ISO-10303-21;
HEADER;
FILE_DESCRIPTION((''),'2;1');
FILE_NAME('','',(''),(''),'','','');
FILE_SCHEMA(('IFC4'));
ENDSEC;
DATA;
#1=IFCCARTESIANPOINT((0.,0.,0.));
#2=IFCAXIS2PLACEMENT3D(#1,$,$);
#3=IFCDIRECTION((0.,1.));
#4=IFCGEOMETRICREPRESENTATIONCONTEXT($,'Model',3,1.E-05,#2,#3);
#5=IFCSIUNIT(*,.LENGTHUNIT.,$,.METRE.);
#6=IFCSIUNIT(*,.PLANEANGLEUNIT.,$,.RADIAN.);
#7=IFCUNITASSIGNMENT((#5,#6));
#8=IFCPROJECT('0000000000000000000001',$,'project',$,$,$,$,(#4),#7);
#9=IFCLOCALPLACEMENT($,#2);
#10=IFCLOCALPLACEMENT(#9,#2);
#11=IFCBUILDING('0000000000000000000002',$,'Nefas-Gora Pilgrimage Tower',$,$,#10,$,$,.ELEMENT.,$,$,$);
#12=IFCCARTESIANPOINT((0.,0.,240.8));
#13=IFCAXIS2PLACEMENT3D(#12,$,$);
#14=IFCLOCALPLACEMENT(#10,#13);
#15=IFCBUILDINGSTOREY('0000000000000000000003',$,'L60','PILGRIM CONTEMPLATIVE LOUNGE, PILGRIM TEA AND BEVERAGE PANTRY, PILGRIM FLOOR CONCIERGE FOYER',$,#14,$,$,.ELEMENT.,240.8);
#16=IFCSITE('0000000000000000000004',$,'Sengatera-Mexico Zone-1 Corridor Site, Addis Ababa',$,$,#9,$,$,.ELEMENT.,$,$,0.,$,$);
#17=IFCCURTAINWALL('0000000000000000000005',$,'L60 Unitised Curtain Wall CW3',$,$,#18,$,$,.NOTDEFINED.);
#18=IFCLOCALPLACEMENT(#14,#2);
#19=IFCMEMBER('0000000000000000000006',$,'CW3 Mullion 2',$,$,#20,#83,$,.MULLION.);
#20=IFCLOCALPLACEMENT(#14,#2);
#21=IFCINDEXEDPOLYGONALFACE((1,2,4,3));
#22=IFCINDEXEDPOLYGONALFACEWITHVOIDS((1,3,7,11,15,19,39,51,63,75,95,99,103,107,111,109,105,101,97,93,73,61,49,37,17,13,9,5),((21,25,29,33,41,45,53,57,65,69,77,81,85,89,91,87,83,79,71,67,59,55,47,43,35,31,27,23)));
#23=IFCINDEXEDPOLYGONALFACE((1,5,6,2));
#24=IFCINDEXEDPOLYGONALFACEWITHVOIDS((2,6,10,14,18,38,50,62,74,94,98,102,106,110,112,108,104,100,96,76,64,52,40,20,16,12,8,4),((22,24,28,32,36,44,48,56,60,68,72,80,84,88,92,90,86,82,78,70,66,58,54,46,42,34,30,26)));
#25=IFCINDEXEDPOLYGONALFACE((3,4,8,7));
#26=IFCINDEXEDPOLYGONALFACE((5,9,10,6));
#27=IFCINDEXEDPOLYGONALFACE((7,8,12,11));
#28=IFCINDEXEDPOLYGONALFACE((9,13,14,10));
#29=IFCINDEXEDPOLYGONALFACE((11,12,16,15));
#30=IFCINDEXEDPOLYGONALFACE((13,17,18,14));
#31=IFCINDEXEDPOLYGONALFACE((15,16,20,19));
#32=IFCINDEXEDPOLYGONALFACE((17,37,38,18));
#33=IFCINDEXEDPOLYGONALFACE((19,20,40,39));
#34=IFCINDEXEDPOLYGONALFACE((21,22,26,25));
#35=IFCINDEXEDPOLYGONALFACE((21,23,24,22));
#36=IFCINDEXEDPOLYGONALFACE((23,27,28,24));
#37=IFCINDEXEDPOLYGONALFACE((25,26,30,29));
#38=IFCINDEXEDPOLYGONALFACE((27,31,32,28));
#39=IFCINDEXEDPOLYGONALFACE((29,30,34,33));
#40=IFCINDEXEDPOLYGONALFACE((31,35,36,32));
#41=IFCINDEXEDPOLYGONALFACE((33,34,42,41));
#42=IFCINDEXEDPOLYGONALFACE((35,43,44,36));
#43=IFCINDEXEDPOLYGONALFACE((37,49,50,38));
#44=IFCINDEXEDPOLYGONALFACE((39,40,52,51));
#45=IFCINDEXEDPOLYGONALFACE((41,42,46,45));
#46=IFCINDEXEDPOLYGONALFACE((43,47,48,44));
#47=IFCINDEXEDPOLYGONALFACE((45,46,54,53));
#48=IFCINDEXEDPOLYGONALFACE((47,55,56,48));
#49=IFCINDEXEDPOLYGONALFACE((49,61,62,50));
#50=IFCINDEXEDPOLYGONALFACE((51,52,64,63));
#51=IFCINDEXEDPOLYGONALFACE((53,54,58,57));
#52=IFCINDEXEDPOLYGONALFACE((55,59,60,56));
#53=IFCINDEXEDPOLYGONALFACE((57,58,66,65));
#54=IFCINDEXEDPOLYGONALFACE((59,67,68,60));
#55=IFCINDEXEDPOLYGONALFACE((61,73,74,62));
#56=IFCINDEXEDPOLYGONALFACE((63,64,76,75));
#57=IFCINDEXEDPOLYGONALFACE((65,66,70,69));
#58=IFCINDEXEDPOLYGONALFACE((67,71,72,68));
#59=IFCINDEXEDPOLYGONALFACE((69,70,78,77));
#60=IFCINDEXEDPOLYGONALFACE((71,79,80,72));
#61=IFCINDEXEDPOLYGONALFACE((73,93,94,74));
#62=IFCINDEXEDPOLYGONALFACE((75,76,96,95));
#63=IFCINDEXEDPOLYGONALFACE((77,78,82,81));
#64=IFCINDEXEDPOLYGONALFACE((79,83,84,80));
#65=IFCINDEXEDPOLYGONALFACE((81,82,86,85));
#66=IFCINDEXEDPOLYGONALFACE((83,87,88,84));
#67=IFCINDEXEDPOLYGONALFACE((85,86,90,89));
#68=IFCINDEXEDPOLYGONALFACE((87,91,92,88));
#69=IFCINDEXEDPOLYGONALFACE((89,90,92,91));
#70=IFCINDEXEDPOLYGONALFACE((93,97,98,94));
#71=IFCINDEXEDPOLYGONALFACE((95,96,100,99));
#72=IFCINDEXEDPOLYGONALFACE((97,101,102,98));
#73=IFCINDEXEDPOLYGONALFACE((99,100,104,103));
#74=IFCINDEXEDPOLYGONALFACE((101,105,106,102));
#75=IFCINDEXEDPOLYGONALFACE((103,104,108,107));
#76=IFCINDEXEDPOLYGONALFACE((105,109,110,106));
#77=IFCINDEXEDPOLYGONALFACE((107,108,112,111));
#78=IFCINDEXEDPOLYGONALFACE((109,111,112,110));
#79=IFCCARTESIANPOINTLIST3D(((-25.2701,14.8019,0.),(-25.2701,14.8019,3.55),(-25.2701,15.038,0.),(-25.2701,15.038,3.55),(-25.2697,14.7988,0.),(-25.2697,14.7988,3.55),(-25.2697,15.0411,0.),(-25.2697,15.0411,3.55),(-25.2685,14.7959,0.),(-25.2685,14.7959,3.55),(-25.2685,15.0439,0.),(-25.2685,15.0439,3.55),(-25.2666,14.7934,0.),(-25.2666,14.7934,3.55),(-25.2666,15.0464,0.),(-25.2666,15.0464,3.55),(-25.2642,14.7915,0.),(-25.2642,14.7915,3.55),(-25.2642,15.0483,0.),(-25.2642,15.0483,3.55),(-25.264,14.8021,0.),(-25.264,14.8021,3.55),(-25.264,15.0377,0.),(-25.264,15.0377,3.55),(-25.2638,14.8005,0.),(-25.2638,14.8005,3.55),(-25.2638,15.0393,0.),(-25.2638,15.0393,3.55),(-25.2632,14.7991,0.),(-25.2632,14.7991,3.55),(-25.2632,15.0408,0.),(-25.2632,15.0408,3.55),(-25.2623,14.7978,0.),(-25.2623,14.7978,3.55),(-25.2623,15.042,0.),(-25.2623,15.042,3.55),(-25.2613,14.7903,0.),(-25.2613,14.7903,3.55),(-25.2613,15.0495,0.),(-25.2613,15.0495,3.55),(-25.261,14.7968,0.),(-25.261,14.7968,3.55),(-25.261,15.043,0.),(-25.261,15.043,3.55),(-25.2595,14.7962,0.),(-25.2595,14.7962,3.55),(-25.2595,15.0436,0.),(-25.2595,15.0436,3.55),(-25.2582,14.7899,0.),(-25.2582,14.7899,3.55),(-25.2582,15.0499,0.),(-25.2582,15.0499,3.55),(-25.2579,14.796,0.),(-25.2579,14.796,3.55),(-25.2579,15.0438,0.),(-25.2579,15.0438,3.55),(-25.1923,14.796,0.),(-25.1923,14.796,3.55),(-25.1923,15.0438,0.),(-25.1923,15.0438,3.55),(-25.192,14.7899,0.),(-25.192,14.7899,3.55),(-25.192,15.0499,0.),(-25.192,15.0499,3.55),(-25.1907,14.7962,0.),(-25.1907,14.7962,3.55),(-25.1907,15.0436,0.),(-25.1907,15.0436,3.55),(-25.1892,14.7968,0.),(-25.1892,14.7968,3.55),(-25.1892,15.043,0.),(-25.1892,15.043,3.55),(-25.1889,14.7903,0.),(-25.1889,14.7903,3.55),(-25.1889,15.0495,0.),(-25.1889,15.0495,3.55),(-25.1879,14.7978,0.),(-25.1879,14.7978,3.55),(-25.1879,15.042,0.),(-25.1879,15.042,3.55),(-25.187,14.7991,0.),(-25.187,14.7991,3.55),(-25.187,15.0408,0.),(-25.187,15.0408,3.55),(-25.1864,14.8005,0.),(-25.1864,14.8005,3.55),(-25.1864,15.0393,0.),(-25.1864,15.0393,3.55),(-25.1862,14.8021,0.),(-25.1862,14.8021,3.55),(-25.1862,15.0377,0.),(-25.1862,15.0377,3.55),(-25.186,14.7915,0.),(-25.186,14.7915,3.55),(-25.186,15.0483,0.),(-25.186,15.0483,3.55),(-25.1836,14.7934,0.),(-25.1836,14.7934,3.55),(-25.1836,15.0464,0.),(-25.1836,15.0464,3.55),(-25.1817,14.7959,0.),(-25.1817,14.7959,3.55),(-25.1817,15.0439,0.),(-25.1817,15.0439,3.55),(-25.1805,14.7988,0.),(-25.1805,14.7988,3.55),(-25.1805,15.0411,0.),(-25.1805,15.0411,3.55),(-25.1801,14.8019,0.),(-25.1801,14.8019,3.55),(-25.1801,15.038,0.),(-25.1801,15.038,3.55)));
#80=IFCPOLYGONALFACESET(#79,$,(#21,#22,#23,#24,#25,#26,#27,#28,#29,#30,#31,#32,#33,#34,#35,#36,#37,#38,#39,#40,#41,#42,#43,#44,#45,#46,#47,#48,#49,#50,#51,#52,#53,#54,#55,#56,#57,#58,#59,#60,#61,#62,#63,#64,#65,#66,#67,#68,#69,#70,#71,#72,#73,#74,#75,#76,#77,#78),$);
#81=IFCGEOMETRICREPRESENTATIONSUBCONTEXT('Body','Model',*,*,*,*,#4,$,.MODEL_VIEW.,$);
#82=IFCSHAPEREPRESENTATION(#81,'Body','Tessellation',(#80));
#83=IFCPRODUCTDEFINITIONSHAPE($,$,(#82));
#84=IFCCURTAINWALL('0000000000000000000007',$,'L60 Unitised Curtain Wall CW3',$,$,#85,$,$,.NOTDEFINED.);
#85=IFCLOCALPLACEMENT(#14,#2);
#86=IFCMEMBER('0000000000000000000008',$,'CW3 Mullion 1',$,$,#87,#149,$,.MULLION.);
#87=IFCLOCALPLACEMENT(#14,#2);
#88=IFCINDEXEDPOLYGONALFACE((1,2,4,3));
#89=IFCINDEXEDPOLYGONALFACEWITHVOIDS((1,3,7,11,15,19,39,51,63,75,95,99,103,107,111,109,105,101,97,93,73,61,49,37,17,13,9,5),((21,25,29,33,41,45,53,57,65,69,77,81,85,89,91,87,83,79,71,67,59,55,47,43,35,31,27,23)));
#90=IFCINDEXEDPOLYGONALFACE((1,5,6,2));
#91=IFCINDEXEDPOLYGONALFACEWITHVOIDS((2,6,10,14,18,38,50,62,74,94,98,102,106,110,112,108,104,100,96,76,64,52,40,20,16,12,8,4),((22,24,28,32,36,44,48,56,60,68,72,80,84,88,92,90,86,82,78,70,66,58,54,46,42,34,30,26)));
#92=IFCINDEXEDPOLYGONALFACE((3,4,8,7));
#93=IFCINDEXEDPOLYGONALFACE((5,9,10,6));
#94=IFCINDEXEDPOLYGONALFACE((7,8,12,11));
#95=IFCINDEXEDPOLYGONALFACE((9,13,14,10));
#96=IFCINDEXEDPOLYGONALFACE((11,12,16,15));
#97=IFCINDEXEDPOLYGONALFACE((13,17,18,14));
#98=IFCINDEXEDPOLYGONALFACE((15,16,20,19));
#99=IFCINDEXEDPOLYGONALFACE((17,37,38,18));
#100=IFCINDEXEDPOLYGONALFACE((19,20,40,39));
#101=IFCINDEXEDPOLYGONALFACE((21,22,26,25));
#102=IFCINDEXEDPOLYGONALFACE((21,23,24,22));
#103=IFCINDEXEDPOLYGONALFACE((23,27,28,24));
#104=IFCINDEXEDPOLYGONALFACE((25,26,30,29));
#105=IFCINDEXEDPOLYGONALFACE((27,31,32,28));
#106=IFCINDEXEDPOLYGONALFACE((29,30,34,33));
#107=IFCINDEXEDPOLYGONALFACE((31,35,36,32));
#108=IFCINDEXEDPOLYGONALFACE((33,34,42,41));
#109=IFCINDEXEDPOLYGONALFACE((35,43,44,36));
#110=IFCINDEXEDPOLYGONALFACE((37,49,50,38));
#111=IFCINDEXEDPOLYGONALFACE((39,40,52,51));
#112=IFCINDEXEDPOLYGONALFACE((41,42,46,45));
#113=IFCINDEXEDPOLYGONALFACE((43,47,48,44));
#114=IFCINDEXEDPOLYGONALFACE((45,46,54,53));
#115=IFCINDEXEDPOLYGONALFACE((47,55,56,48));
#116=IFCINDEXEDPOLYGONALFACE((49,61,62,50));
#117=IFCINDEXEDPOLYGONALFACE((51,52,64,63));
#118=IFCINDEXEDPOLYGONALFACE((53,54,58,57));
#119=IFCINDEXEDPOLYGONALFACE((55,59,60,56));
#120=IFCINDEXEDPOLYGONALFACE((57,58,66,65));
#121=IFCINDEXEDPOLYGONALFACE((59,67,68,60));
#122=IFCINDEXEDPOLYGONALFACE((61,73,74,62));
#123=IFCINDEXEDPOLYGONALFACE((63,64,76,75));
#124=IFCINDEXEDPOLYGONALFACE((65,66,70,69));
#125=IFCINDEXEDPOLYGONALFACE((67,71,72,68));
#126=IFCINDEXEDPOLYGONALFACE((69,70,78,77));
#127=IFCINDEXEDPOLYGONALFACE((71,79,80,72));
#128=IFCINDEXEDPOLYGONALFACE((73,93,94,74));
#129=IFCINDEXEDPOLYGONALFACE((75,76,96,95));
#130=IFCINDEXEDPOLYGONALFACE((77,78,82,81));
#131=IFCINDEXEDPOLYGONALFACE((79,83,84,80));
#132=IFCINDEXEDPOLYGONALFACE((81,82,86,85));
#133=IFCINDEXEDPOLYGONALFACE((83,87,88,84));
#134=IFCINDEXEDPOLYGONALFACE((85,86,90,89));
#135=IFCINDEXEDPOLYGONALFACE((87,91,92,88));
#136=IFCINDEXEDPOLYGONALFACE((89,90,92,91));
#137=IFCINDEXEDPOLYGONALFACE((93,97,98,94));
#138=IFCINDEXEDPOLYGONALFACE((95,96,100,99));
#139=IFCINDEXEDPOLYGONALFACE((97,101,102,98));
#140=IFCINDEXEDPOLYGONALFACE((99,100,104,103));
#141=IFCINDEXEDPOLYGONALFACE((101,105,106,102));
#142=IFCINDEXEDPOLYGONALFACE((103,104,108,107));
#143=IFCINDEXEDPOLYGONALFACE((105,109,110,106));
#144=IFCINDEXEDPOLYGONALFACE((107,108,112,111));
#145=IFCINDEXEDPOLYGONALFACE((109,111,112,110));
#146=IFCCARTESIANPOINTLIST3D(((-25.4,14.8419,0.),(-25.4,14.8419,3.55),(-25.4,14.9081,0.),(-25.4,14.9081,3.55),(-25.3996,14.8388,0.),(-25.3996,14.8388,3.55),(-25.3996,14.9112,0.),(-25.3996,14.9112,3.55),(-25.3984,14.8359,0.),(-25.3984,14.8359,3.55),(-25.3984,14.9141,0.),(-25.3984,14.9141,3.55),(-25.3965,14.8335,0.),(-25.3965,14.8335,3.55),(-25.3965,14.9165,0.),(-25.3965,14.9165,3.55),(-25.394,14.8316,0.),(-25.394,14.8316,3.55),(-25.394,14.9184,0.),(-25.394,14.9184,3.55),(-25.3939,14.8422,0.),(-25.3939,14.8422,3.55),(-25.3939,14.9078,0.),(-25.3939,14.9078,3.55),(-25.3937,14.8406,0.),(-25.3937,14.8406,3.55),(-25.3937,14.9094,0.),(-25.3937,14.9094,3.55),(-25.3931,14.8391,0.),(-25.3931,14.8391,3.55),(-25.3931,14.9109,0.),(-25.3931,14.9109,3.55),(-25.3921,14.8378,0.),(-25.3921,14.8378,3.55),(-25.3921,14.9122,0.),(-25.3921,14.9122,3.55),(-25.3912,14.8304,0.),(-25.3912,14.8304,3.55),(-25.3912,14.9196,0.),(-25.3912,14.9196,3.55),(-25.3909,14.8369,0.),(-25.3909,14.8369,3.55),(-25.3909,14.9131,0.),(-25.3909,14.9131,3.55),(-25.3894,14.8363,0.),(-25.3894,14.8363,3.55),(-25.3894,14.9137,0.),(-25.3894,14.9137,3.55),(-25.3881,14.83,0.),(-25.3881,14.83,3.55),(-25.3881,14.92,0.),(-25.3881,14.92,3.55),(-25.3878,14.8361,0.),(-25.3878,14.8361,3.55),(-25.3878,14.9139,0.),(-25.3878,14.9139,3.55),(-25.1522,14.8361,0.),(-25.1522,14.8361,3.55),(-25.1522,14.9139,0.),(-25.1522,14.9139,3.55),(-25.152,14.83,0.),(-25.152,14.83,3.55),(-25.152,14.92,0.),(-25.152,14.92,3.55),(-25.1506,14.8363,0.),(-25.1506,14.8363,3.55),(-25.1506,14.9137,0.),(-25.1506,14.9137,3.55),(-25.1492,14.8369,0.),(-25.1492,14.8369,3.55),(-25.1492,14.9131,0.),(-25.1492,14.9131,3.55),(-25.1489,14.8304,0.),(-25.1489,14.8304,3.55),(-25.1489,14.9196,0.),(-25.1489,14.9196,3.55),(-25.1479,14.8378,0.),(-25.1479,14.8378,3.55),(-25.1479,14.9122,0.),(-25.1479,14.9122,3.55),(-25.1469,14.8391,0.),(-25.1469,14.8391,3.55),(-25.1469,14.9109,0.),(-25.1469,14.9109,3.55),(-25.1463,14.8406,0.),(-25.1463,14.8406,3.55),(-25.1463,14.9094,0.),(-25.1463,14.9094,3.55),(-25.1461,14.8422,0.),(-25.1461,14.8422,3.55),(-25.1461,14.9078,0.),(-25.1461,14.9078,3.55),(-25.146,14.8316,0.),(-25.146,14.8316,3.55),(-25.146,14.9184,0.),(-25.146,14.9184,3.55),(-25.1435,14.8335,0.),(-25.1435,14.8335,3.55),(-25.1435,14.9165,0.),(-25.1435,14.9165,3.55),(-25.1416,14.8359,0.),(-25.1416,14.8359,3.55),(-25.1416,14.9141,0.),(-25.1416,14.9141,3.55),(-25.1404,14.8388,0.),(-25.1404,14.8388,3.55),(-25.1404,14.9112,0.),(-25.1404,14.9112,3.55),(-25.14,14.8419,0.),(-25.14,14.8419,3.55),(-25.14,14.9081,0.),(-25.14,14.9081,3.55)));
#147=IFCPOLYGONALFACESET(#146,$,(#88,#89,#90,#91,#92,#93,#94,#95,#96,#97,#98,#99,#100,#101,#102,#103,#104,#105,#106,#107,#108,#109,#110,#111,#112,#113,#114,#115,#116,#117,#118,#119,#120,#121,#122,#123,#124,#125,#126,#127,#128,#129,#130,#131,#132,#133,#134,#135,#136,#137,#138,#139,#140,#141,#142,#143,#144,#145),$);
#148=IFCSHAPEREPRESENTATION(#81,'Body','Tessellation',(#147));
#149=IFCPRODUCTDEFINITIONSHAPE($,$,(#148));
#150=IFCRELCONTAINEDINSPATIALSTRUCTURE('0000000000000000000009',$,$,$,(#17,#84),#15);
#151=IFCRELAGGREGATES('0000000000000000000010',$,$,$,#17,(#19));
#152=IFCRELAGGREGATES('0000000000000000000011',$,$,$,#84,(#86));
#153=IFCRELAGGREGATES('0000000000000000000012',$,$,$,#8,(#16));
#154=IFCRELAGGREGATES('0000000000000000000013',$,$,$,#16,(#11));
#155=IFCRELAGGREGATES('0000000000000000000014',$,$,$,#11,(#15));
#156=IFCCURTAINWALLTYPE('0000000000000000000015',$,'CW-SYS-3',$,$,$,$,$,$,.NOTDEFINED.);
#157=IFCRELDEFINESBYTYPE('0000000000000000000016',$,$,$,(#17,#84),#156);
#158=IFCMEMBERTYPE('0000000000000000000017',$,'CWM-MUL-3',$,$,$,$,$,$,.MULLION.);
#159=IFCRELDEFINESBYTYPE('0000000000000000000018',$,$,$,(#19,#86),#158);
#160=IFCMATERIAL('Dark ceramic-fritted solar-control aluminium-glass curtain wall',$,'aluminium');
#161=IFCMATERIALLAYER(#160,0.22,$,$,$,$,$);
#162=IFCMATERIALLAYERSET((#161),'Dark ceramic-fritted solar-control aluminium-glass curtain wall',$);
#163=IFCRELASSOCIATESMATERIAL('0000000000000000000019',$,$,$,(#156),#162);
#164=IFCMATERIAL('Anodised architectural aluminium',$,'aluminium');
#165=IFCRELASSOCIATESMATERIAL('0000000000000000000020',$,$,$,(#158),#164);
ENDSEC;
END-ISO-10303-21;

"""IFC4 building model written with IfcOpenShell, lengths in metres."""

from ifc_helpers import new_model, si_unit, direction, frame, origin, origin_2d, place, context, subcontext, project, spatial, hollow_rectangle, extrude, source, transform, mapped, material, layer, layer_set, material_profile, profile_set, type_object, element, aggregate, save


model = new_model("IFC4")

# Units and contexts
model_context = context("Model", 3, precision=1e-05, world=origin(), true_north=direction((0.0, 1.0)))
body_context = subcontext(model_context, "Body", "Model", "MODEL_VIEW")
ifc_project = project(units=[si_unit("LENGTHUNIT", "METRE"), si_unit("PLANEANGLEUNIT", "RADIAN")], contexts=[model_context])

# Site, building, storey
site_placement = place(None, origin())
site = spatial("IfcSite", under=ifc_project, at=site_placement, Name="Sengatera-Mexico Zone-1 Corridor Site, Addis Ababa", CompositionType="ELEMENT", RefElevation=0.0)
building_placement = place(site_placement, origin())
building = spatial("IfcBuilding", under=site, at=building_placement, Name="Nefas-Gora Pilgrimage Tower", CompositionType="ELEMENT")
storey_placement = place(building_placement, frame((0.0, 0.0, 240.8)))
storey = spatial("IfcBuildingStorey", under=building, at=storey_placement, Name="L60", Description="PILGRIM CONTEMPLATIVE LOUNGE, PILGRIM TEA AND BEVERAGE PANTRY, PILGRIM FLOOR CONCIERGE FOYER", CompositionType="ELEMENT", Elevation=240.8)

# Shared definitions
ifc_material_1 = material(Name="Dark ceramic-fritted solar-control aluminium-glass curtain wall", Category="aluminium")
ifc_material_2 = material(Name="Anodised architectural aluminium", Category="aluminium")

# Curtain walls, members
ifc_layer_1 = layer(ifc_material_1, 0.22)
ifc_layer_set_1 = layer_set([ifc_layer_1], Name="Dark ceramic-fritted solar-control aluminium-glass curtain wall")
curtain_wall_type_1 = type_object("IfcCurtainWallType", Name="CW-SYS-3", PredefinedType="NOTDEFINED", material=ifc_layer_set_1)
curtain_wall_1_placement = place(storey_placement, origin())
curtain_wall_1 = element("IfcCurtainWall", 1, at=curtain_wall_1_placement, inside=storey, type_object=curtain_wall_type_1, Name="L60 Unitised Curtain Wall CW3", PredefinedType="NOTDEFINED")
ifc_material_profile_1 = material_profile(ifc_material_2, hollow_rectangle(XDim=0.0901, YDim=0.26, WallThickness=0.0061, InnerFilletRadius=0.0061, OuterFilletRadius=0.012, at=origin_2d()), Name="ALU MULLION 90x260")
ifc_profile_set_1 = profile_set([ifc_material_profile_1], Name="Anodised architectural aluminium")
member_type_1 = type_object("IfcMemberType", Name="CWM-MUL-3", PredefinedType="MULLION", material=ifc_profile_set_1)
shared_shape_1 = source(origin(), body_context, "Body", "SweptSolid", [
    extrude(hollow_rectangle(XDim=0.0901, YDim=0.26, WallThickness=0.0061, InnerFilletRadius=0.0061, OuterFilletRadius=0.012, at=origin_2d()), origin(), (0.0, 0.0, 1.0), 3.55),
])
member_1_placement = place(storey_placement, frame((-25.2251, 14.9199, 0.0), z_axis=(0.0, 0.0, 1.0), x_axis=(-1.0, 0.0, 0.0)))
member_1 = element("IfcMember", 2, at=member_1_placement, type_object=member_type_1, Name="CW3 Mullion 2", PredefinedType="MULLION", context=body_context, shape_type="MappedRepresentation", body=[
    mapped(shared_shape_1, transform((0.0, 0.0, 0.0), x_axis=(1.0, 0.0, 0.0), y_axis=(0.0, 1.0, 0.0), z_axis=(0.0, 0.0, 1.0), scale=1.0)),
])
curtain_wall_2_placement = place(storey_placement, origin())
curtain_wall_2 = element("IfcCurtainWall", 3, at=curtain_wall_2_placement, inside=storey, type_object=curtain_wall_type_1, Name="L60 Unitised Curtain Wall CW3", PredefinedType="NOTDEFINED")
member_2_placement = place(storey_placement, frame((-25.27, 14.875, 0.0), z_axis=(0.0, 0.0, 1.0), x_axis=(0.0, -1.0, 0.0)))
member_2 = element("IfcMember", 4, at=member_2_placement, type_object=member_type_1, Name="CW3 Mullion 1", PredefinedType="MULLION", context=body_context, shape_type="MappedRepresentation", body=[
    mapped(shared_shape_1, transform((0.0, 0.0, 0.0), x_axis=(1.0, 0.0, 0.0), y_axis=(0.0, 1.0, 0.0), z_axis=(0.0, 0.0, 1.0), scale=1.0)),
])

aggregate(curtain_wall_1, [member_1])
aggregate(curtain_wall_2, [member_2])

save(model, "model.ifc")
